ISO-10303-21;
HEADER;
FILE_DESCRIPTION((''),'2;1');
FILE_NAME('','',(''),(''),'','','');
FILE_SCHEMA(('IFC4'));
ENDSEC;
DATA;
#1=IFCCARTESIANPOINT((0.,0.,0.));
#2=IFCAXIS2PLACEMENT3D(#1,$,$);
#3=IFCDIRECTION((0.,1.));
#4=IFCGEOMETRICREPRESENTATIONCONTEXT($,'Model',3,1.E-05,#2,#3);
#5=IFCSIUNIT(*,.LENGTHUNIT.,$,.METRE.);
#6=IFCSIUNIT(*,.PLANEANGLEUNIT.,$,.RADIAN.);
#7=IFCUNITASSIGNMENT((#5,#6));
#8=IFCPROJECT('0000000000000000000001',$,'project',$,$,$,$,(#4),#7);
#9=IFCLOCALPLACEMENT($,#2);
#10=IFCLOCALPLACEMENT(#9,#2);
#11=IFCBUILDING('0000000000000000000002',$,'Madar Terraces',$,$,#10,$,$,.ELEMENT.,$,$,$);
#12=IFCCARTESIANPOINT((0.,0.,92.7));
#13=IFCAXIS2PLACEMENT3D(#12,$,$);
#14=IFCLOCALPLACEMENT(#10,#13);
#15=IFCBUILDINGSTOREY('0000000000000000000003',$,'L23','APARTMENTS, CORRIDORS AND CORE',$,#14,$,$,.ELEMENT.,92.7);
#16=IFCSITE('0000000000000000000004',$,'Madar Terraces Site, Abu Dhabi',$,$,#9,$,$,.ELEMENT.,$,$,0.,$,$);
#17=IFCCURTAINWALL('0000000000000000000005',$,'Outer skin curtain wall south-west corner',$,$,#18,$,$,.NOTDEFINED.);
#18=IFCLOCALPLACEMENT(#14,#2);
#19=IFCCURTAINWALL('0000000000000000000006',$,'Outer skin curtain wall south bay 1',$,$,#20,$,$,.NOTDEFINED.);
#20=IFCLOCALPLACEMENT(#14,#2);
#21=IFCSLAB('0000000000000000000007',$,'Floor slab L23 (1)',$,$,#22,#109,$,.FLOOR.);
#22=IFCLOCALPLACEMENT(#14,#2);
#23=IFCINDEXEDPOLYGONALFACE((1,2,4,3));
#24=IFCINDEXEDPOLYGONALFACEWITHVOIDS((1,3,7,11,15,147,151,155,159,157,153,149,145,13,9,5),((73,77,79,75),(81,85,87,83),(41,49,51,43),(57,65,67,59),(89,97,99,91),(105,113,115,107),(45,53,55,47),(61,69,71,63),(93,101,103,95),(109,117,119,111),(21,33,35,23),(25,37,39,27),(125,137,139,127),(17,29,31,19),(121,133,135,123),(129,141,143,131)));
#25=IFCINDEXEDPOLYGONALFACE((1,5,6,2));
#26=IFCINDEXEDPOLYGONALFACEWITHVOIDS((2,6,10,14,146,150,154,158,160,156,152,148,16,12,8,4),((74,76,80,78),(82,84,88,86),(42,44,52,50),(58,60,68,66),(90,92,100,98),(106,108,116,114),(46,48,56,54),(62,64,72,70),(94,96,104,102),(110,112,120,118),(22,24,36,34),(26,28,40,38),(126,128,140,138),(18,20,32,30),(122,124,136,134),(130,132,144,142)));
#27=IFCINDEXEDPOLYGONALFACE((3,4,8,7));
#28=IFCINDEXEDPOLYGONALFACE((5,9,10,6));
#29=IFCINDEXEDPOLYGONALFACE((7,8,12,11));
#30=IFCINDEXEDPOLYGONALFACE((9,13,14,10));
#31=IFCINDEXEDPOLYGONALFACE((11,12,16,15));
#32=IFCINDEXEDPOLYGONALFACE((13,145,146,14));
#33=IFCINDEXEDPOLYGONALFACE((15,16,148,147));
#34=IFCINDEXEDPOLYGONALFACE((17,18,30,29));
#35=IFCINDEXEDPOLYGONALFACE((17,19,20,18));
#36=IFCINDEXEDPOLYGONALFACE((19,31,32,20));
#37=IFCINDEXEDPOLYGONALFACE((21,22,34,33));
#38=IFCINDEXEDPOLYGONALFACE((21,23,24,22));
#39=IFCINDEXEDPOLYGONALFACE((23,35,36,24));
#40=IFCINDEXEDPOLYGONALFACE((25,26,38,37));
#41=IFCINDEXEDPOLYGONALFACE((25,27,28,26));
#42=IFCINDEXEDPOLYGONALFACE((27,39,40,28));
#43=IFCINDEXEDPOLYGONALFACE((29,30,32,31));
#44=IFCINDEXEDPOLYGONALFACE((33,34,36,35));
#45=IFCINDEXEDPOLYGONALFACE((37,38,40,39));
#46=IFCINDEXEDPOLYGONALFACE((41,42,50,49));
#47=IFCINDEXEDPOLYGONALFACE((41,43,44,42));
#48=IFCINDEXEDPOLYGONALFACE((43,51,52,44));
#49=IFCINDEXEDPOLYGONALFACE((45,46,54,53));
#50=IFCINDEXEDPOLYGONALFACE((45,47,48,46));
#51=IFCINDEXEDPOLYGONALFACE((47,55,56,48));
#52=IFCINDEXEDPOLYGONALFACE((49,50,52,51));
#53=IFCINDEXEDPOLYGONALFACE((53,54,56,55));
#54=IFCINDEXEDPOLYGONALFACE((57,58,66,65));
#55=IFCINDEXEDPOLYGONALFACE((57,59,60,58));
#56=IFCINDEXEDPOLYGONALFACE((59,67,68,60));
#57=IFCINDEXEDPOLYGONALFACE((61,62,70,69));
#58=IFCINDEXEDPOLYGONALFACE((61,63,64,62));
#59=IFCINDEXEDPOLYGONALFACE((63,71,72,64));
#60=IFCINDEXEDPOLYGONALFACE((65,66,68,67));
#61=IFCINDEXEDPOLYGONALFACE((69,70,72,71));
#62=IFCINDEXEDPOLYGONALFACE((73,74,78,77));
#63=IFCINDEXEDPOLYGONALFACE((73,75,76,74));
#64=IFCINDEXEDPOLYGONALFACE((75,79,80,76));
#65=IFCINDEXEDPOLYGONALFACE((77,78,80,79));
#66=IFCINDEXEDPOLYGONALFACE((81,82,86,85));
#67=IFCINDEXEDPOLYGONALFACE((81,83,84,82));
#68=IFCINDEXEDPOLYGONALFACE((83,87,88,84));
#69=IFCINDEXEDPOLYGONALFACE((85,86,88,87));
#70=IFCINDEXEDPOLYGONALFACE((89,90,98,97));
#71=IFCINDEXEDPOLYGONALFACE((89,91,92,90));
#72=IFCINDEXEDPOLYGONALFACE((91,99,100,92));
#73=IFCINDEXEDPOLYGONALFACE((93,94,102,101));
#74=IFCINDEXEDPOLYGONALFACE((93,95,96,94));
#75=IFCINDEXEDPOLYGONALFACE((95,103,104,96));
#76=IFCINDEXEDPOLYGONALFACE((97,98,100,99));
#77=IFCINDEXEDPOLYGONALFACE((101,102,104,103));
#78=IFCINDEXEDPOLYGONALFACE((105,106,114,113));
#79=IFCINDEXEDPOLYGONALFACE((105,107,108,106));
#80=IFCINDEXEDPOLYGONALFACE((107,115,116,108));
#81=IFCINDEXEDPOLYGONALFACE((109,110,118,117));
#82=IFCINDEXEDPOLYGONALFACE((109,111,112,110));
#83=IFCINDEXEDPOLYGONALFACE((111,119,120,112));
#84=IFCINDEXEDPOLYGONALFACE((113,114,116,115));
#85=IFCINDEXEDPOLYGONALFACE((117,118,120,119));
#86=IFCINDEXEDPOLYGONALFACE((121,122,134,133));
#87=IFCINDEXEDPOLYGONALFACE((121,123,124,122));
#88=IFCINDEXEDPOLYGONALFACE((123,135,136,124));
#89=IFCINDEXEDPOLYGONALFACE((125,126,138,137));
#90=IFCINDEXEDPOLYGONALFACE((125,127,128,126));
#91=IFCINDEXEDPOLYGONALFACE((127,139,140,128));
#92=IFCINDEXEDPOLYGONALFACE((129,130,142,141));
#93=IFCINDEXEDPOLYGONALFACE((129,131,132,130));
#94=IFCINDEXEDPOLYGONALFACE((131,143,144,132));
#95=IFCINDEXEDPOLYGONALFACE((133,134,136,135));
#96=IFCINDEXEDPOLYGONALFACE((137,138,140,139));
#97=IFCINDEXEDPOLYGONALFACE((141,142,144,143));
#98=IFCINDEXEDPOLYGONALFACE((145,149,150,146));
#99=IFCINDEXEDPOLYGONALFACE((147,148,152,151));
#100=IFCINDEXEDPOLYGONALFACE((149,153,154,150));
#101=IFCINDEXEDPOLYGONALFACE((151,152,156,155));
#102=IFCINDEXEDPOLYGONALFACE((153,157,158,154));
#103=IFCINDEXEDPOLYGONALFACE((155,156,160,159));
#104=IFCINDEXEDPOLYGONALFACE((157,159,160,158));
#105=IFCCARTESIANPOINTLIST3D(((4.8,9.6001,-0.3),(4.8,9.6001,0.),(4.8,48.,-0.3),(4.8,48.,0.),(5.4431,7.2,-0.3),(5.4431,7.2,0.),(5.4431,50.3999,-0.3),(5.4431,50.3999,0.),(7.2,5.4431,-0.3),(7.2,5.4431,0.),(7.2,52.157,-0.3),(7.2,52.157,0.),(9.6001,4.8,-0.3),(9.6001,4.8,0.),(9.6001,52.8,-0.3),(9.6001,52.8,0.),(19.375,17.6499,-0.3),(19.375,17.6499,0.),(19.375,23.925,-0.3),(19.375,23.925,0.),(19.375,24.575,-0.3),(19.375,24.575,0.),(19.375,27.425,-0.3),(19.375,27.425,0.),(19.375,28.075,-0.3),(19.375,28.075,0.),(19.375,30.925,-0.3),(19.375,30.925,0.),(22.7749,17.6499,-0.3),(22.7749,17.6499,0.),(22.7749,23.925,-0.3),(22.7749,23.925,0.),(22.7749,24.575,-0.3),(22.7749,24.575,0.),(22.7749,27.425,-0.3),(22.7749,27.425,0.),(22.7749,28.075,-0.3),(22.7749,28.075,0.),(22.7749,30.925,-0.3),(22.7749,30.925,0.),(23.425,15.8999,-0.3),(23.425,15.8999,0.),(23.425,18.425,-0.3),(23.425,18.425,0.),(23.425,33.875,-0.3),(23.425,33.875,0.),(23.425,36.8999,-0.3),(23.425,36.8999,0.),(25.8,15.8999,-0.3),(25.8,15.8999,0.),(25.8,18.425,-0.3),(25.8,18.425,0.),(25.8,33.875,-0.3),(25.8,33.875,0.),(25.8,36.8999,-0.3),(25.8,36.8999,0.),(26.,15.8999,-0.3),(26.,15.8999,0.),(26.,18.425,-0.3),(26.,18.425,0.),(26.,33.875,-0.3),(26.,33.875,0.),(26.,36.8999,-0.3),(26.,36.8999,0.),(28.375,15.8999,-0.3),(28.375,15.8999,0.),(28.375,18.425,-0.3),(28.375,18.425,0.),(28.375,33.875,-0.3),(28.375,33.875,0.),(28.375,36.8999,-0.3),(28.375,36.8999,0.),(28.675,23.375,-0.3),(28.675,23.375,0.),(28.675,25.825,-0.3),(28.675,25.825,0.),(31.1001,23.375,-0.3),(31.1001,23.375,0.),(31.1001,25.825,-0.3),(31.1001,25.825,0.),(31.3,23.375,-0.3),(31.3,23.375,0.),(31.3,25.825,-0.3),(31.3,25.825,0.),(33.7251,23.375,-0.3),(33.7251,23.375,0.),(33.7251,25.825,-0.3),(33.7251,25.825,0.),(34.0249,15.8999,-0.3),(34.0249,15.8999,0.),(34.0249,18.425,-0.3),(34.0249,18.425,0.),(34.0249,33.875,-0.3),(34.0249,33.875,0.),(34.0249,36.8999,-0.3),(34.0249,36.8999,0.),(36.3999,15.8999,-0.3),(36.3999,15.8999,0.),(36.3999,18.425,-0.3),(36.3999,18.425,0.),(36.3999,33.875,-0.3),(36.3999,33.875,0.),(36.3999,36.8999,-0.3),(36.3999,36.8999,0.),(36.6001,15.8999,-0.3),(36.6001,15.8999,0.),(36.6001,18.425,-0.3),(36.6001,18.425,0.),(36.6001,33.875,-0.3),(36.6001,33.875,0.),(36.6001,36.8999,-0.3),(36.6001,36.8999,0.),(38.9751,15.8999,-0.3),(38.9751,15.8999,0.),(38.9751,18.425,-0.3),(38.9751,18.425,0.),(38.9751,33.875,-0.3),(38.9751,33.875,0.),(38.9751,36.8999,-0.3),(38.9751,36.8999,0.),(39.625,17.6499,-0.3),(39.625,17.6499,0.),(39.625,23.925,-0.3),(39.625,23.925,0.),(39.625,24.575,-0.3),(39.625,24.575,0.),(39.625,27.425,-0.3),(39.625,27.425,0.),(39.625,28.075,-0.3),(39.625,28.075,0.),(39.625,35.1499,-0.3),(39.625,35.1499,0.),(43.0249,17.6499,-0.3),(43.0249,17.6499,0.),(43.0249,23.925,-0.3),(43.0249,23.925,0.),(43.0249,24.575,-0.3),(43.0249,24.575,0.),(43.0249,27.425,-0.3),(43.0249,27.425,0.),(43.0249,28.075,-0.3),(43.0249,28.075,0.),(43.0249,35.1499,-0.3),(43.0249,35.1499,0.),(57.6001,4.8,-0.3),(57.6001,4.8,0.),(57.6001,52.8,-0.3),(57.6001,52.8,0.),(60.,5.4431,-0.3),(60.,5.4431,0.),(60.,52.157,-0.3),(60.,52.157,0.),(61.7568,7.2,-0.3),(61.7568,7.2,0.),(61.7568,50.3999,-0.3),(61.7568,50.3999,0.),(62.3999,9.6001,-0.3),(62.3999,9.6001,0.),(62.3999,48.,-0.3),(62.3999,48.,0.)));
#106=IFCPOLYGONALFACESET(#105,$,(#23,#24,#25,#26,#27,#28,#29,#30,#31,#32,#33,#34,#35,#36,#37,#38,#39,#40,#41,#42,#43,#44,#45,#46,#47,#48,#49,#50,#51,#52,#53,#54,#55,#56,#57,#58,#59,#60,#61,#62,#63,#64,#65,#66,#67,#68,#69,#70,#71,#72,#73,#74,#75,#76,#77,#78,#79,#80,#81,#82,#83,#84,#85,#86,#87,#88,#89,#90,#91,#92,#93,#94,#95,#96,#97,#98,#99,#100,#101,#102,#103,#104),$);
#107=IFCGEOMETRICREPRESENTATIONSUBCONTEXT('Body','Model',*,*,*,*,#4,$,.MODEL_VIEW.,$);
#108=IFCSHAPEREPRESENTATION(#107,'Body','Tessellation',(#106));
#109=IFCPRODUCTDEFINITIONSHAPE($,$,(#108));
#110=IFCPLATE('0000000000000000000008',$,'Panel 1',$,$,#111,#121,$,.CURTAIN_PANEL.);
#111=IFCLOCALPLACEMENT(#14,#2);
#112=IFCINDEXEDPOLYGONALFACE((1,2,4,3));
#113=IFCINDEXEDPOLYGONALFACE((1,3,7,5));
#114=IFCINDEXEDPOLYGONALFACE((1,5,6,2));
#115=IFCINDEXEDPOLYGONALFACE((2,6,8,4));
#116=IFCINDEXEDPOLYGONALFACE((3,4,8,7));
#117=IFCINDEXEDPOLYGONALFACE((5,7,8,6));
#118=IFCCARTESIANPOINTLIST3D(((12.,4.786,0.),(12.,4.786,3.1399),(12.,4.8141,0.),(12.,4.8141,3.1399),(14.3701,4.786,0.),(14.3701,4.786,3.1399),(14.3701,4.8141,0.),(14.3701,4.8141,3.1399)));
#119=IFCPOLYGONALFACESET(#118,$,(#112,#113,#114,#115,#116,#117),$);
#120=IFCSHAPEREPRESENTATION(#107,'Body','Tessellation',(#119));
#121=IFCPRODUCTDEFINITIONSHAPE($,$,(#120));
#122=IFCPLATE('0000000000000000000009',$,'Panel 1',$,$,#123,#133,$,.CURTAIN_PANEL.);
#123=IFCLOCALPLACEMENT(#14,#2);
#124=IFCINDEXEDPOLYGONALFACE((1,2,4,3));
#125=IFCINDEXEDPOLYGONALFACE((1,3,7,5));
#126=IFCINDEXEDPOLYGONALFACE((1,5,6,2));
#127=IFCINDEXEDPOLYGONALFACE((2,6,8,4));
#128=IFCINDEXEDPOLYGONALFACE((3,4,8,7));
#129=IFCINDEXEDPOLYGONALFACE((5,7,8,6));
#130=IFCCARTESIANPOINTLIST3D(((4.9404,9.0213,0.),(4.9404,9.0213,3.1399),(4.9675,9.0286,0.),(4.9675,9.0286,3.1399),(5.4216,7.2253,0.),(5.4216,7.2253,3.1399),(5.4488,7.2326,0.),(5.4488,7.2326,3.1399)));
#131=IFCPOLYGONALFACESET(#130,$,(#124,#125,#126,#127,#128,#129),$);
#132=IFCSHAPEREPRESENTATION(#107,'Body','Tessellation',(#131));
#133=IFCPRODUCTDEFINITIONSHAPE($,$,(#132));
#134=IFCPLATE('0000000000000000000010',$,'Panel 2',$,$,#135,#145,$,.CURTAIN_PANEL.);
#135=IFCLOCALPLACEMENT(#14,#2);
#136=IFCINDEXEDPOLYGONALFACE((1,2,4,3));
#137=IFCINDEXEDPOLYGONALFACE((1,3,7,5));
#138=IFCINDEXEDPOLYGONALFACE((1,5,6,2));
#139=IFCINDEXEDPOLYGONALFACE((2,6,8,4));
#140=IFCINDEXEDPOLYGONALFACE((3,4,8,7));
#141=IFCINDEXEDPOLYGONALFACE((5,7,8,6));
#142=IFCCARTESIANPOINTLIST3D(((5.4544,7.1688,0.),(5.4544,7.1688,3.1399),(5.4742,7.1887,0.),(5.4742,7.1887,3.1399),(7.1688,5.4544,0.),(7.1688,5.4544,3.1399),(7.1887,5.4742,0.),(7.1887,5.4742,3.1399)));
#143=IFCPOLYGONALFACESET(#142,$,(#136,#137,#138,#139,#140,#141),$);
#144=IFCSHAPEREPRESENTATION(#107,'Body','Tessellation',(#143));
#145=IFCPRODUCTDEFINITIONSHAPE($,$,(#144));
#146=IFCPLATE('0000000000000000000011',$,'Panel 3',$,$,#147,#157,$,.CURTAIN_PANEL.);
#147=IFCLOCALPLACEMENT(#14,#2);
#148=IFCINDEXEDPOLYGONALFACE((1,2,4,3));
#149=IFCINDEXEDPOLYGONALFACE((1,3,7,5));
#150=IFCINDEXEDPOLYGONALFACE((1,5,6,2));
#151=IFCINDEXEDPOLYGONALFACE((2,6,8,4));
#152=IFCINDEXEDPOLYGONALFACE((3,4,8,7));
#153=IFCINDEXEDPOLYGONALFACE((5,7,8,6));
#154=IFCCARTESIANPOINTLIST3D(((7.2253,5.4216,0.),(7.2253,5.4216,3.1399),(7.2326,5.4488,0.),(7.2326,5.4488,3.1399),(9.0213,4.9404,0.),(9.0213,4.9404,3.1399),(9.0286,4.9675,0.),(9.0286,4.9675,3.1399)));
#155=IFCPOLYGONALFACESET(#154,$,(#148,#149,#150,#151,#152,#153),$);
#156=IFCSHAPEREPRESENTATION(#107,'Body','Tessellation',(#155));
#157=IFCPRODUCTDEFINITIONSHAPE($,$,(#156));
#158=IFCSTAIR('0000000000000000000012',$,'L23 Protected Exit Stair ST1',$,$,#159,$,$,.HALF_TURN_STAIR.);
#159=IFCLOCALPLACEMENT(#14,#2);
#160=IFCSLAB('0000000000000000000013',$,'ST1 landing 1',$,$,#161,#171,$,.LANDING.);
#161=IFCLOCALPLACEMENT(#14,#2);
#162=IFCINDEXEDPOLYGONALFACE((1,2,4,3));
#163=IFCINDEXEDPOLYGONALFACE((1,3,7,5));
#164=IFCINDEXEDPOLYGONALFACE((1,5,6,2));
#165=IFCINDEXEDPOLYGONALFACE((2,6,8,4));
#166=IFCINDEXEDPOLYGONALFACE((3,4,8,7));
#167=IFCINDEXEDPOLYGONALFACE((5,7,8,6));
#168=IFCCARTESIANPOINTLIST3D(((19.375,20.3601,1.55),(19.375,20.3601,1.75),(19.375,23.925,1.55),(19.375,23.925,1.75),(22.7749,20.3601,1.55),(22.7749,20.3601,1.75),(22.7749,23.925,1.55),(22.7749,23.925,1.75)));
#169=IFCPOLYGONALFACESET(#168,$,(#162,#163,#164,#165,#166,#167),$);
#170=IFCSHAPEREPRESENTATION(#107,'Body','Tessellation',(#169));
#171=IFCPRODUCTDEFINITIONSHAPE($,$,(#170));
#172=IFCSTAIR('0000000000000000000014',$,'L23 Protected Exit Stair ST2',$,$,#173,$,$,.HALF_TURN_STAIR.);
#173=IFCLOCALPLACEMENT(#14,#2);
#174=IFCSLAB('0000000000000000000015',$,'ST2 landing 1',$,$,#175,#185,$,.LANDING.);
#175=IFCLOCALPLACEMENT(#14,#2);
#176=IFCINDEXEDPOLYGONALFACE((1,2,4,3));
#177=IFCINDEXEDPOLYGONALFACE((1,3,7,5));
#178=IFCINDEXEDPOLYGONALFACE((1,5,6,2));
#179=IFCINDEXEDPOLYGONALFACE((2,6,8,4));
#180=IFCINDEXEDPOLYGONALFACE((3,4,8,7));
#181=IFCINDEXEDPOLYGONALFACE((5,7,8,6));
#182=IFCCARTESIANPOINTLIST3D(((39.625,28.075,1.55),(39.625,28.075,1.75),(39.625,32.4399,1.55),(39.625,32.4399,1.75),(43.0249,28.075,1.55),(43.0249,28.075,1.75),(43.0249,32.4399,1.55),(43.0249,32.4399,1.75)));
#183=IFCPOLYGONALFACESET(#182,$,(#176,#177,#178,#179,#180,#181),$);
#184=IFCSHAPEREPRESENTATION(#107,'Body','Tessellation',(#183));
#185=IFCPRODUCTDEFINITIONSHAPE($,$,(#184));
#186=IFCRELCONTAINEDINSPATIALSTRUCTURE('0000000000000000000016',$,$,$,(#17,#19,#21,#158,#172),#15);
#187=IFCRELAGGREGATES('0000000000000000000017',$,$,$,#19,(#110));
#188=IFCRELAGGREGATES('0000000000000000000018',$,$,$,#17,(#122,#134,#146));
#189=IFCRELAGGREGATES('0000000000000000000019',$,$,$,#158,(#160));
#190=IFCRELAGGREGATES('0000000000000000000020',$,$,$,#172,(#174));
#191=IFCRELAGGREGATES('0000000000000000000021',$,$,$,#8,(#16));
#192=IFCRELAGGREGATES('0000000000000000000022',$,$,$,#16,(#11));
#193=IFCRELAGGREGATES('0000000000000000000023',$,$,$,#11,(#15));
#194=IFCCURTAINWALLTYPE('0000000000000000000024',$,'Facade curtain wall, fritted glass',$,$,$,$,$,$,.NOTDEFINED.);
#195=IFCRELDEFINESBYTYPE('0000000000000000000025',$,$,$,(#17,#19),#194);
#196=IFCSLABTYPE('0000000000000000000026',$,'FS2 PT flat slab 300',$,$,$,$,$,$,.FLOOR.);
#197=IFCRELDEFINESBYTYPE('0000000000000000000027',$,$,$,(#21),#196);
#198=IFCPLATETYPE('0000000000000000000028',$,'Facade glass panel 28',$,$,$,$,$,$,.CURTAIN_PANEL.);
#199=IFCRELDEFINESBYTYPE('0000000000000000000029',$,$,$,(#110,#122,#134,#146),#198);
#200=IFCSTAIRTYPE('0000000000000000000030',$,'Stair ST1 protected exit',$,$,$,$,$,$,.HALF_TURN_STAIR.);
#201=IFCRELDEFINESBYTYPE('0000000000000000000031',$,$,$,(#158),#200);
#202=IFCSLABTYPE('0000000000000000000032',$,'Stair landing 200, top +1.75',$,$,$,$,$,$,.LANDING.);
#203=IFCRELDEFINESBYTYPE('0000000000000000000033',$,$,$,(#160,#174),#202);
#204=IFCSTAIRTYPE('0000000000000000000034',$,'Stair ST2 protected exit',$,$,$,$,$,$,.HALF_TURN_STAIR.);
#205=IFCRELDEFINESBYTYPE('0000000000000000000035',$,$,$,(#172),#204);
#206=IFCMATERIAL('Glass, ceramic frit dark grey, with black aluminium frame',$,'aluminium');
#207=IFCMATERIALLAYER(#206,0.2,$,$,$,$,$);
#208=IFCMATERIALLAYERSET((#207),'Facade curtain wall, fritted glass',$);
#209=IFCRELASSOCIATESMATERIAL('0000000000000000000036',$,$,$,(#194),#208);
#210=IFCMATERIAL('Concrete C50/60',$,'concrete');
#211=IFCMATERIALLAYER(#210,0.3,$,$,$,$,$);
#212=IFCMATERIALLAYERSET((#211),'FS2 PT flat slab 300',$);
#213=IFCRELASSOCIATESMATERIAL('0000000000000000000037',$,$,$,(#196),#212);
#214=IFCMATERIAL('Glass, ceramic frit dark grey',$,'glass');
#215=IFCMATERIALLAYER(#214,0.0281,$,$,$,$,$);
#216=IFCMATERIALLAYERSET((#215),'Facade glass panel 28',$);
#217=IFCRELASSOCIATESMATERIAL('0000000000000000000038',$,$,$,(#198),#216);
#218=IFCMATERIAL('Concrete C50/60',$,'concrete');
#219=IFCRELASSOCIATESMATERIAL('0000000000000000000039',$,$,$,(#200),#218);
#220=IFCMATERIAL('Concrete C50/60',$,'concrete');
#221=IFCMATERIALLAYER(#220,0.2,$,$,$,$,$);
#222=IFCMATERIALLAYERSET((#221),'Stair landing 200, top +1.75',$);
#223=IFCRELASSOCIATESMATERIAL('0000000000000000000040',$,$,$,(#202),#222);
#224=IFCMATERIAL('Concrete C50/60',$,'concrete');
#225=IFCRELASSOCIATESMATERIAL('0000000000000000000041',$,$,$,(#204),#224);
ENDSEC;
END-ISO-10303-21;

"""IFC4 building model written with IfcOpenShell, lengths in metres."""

from ifc_helpers import new_model, si_unit, direction, frame, origin, origin_2d, place, context, subcontext, project, spatial, polyline, rectangle, outline, extrude, material, layer, layer_set, type_object, element, aggregate, save


model = new_model("IFC4")

# Units and contexts
model_context = context("Model", 3, precision=1e-05, world=origin(), true_north=direction((0.0, 1.0)))
body_context = subcontext(model_context, "Body", "Model", "MODEL_VIEW")
ifc_project = project(units=[si_unit("LENGTHUNIT", "METRE"), si_unit("PLANEANGLEUNIT", "RADIAN")], contexts=[model_context])

# Site, building, storey
site_placement = place(None, origin())
site = spatial("IfcSite", under=ifc_project, at=site_placement, Name="Madar Terraces Site, Abu Dhabi", CompositionType="ELEMENT", RefElevation=0.0)
building_placement = place(site_placement, origin())
building = spatial("IfcBuilding", under=site, at=building_placement, Name="Madar Terraces", CompositionType="ELEMENT")
storey_placement = place(building_placement, frame((0.0, 0.0, 92.7)))
storey = spatial("IfcBuildingStorey", under=building, at=storey_placement, Name="L23", Description="APARTMENTS, CORRIDORS AND CORE", CompositionType="ELEMENT", Elevation=92.7)

# Curtain wall
ifc_material_1 = material(Name="Glass, ceramic frit dark grey, with black aluminium frame", Category="aluminium")
ifc_layer_1 = layer(ifc_material_1, 0.2)
ifc_layer_set_1 = layer_set([ifc_layer_1], Name="Facade curtain wall, fritted glass")
curtain_wall_type = type_object("IfcCurtainWallType", Name="Facade curtain wall, fritted glass", PredefinedType="NOTDEFINED", material=ifc_layer_set_1)
curtain_wall_1_placement = place(storey_placement, origin())
curtain_wall_1 = element("IfcCurtainWall", 1, at=curtain_wall_1_placement, inside=storey, type_object=curtain_wall_type, Name="Outer skin curtain wall south-west corner", PredefinedType="NOTDEFINED")

# Curtain wall
curtain_wall_2_placement = place(storey_placement, origin())
curtain_wall_2 = element("IfcCurtainWall", 2, at=curtain_wall_2_placement, inside=storey, type_object=curtain_wall_type, Name="Outer skin curtain wall south bay 1", PredefinedType="NOTDEFINED")

# Slab
ifc_material_2 = material(Name="Concrete C50/60", Category="concrete")
ifc_layer_2 = layer(ifc_material_2, 0.3)
ifc_layer_set_2 = layer_set([ifc_layer_2], Name="FS2 PT flat slab 300")
slab_type_1 = type_object("IfcSlabType", Name="FS2 PT flat slab 300", PredefinedType="FLOOR", material=ifc_layer_set_2)
slab_1_placement = place(storey_placement, frame((0.0, 0.0, -0.3)))
element("IfcSlab", 3, at=slab_1_placement, inside=storey, type_object=slab_type_1, Name="Floor slab L23 (1)", PredefinedType="FLOOR", context=body_context, shape_type="SweptSolid", body=[
    extrude(outline(polyline([(57.6001, 4.8), (60.0, 5.4431), (61.7568, 7.2), (62.3999, 9.6001), (62.3999, 48.0), (61.7568, 50.3999), (60.0, 52.157), (57.6001, 52.8), (9.6001, 52.8), (7.2, 52.157), (5.4431, 50.3999), (4.8, 48.0), (4.8, 9.6001), (5.4431, 7.2), (7.2, 5.4431), (9.6001, 4.8), (57.6001, 4.8)]), holes=[polyline([(23.425, 15.8999), (23.425, 18.425), (25.8, 18.425), (25.8, 15.8999), (23.425, 15.8999)]), polyline([(26.0, 15.8999), (26.0, 18.425), (28.375, 18.425), (28.375, 15.8999), (26.0, 15.8999)]), polyline([(19.375, 17.6499), (19.375, 23.925), (22.7749, 23.925), (22.7749, 17.6499), (19.375, 17.6499)]), polyline([(28.675, 23.375), (28.675, 25.825), (31.1001, 25.825), (31.1001, 23.375), (28.675, 23.375)]), polyline([(19.375, 24.575), (19.375, 27.425), (22.7749, 27.425), (22.7749, 24.575), (19.375, 24.575)]), polyline([(19.375, 28.075), (19.375, 30.925), (22.7749, 30.925), (22.7749, 28.075), (19.375, 28.075)]), polyline([(23.425, 33.875), (23.425, 36.8999), (25.8, 36.8999), (25.8, 33.875), (23.425, 33.875)]), polyline([(26.0, 33.875), (26.0, 36.8999), (28.375, 36.8999), (28.375, 33.875), (26.0, 33.875)]), polyline([(34.0249, 15.8999), (34.0249, 18.425), (36.3999, 18.425), (36.3999, 15.8999), (34.0249, 15.8999)]), polyline([(36.6001, 15.8999), (36.6001, 18.425), (38.9751, 18.425), (38.9751, 15.8999), (36.6001, 15.8999)]), polyline([(39.625, 17.6499), (39.625, 23.925), (43.0249, 23.925), (43.0249, 17.6499), (39.625, 17.6499)]), polyline([(31.3, 23.375), (31.3, 25.825), (33.7251, 25.825), (33.7251, 23.375), (31.3, 23.375)]), polyline([(39.625, 24.575), (39.625, 27.425), (43.0249, 27.425), (43.0249, 24.575), (39.625, 24.575)]), polyline([(39.625, 28.075), (39.625, 35.1499), (43.0249, 35.1499), (43.0249, 28.075), (39.625, 28.075)]), polyline([(34.0249, 33.875), (34.0249, 36.8999), (36.3999, 36.8999), (36.3999, 33.875), (34.0249, 33.875)]), polyline([(36.6001, 33.875), (36.6001, 36.8999), (38.9751, 36.8999), (38.9751, 33.875), (36.6001, 33.875)])]), origin(), (0.0, 0.0, 1.0), 0.3),
])

# Plates
ifc_material_3 = material(Name="Glass, ceramic frit dark grey", Category="glass")
ifc_layer_3 = layer(ifc_material_3, 0.0281)
ifc_layer_set_3 = layer_set([ifc_layer_3], Name="Facade glass panel 28")
plate_type = type_object("IfcPlateType", Name="Facade glass panel 28", PredefinedType="CURTAIN_PANEL", material=ifc_layer_set_3)
plate_1_placement = place(storey_placement, frame((13.1851, 4.8, 0.0), z_axis=(0.0, 0.0, 1.0), x_axis=(1.0, 0.0, 0.0)))
plate_1 = element("IfcPlate", 4, at=plate_1_placement, type_object=plate_type, Name="Panel 1", PredefinedType="CURTAIN_PANEL", context=body_context, shape_type="SweptSolid", body=[
    extrude(rectangle(XDim=2.3701, YDim=0.0281, at=origin_2d()), origin(), (0.0, 0.0, 1.0), 3.1399),
])
aggregate(curtain_wall_2, [plate_1])
plate_2_placement = place(storey_placement, frame((5.1946, 8.127, 0.0), z_axis=(0.0, 0.0, 1.0), x_axis=(0.258819, -0.965926, 0.0)))
plate_2 = element("IfcPlate", 5, at=plate_2_placement, type_object=plate_type, Name="Panel 1", PredefinedType="CURTAIN_PANEL", context=body_context, shape_type="SweptSolid", body=[
    extrude(rectangle(XDim=1.8594, YDim=0.0281, at=origin_2d()), origin(), (0.0, 0.0, 1.0), 3.1399),
])
plate_3_placement = place(storey_placement, frame((6.3215, 6.3215, 0.0), z_axis=(0.0, 0.0, 1.0), x_axis=(0.707107, -0.707107, 0.0)))
plate_3 = element("IfcPlate", 6, at=plate_3_placement, type_object=plate_type, Name="Panel 2", PredefinedType="CURTAIN_PANEL", context=body_context, shape_type="SweptSolid", body=[
    extrude(rectangle(XDim=2.4246, YDim=0.0281, at=origin_2d()), origin(), (0.0, 0.0, 1.0), 3.1399),
])
plate_4_placement = place(storey_placement, frame((8.127, 5.1946, 0.0), z_axis=(0.0, 0.0, 1.0), x_axis=(0.965926, -0.258819, 0.0)))
plate_4 = element("IfcPlate", 7, at=plate_4_placement, type_object=plate_type, Name="Panel 3", PredefinedType="CURTAIN_PANEL", context=body_context, shape_type="SweptSolid", body=[
    extrude(rectangle(XDim=1.8594, YDim=0.0281, at=origin_2d()), origin(), (0.0, 0.0, 1.0), 3.1399),
])
aggregate(curtain_wall_1, [plate_2, plate_3, plate_4])

# Stairs, slabs
ifc_material_4 = material(Name="Concrete C50/60", Category="concrete")
stair_type_1 = type_object("IfcStairType", Name="Stair ST1 protected exit", PredefinedType="HALF_TURN_STAIR", material=ifc_material_4)
stair_1_placement = place(storey_placement, origin())
stair_1 = element("IfcStair", 8, at=stair_1_placement, inside=storey, type_object=stair_type_1, Name="L23 Protected Exit Stair ST1", PredefinedType="HALF_TURN_STAIR")
ifc_material_5 = material(Name="Concrete C50/60", Category="concrete")
ifc_layer_4 = layer(ifc_material_5, 0.2)
ifc_layer_set_4 = layer_set([ifc_layer_4], Name="Stair landing 200, top +1.75")
slab_type_2 = type_object("IfcSlabType", Name="Stair landing 200, top +1.75", PredefinedType="LANDING", material=ifc_layer_set_4)
slab_2_placement = place(storey_placement, frame((0.0, 0.0, 1.55)))
slab_2 = element("IfcSlab", 9, at=slab_2_placement, type_object=slab_type_2, Name="ST1 landing 1", PredefinedType="LANDING", context=body_context, shape_type="SweptSolid", body=[
    extrude(outline(polyline([(19.375, 20.3601), (22.7749, 20.3601), (22.7749, 23.925), (19.375, 23.925), (19.375, 20.3601)])), origin(), (0.0, 0.0, 1.0), 0.2),
])
aggregate(stair_1, [slab_2])
ifc_material_6 = material(Name="Concrete C50/60", Category="concrete")
stair_type_2 = type_object("IfcStairType", Name="Stair ST2 protected exit", PredefinedType="HALF_TURN_STAIR", material=ifc_material_6)
stair_2_placement = place(storey_placement, origin())
stair_2 = element("IfcStair", 10, at=stair_2_placement, inside=storey, type_object=stair_type_2, Name="L23 Protected Exit Stair ST2", PredefinedType="HALF_TURN_STAIR")
slab_3_placement = place(storey_placement, frame((0.0, 0.0, 1.55)))
slab_3 = element("IfcSlab", 11, at=slab_3_placement, type_object=slab_type_2, Name="ST2 landing 1", PredefinedType="LANDING", context=body_context, shape_type="SweptSolid", body=[
    extrude(outline(polyline([(39.625, 28.075), (43.0249, 28.075), (43.0249, 32.4399), (39.625, 32.4399), (39.625, 28.075)])), origin(), (0.0, 0.0, 1.0), 0.2),
])
aggregate(stair_2, [slab_3])

save(model, "model.ifc")
